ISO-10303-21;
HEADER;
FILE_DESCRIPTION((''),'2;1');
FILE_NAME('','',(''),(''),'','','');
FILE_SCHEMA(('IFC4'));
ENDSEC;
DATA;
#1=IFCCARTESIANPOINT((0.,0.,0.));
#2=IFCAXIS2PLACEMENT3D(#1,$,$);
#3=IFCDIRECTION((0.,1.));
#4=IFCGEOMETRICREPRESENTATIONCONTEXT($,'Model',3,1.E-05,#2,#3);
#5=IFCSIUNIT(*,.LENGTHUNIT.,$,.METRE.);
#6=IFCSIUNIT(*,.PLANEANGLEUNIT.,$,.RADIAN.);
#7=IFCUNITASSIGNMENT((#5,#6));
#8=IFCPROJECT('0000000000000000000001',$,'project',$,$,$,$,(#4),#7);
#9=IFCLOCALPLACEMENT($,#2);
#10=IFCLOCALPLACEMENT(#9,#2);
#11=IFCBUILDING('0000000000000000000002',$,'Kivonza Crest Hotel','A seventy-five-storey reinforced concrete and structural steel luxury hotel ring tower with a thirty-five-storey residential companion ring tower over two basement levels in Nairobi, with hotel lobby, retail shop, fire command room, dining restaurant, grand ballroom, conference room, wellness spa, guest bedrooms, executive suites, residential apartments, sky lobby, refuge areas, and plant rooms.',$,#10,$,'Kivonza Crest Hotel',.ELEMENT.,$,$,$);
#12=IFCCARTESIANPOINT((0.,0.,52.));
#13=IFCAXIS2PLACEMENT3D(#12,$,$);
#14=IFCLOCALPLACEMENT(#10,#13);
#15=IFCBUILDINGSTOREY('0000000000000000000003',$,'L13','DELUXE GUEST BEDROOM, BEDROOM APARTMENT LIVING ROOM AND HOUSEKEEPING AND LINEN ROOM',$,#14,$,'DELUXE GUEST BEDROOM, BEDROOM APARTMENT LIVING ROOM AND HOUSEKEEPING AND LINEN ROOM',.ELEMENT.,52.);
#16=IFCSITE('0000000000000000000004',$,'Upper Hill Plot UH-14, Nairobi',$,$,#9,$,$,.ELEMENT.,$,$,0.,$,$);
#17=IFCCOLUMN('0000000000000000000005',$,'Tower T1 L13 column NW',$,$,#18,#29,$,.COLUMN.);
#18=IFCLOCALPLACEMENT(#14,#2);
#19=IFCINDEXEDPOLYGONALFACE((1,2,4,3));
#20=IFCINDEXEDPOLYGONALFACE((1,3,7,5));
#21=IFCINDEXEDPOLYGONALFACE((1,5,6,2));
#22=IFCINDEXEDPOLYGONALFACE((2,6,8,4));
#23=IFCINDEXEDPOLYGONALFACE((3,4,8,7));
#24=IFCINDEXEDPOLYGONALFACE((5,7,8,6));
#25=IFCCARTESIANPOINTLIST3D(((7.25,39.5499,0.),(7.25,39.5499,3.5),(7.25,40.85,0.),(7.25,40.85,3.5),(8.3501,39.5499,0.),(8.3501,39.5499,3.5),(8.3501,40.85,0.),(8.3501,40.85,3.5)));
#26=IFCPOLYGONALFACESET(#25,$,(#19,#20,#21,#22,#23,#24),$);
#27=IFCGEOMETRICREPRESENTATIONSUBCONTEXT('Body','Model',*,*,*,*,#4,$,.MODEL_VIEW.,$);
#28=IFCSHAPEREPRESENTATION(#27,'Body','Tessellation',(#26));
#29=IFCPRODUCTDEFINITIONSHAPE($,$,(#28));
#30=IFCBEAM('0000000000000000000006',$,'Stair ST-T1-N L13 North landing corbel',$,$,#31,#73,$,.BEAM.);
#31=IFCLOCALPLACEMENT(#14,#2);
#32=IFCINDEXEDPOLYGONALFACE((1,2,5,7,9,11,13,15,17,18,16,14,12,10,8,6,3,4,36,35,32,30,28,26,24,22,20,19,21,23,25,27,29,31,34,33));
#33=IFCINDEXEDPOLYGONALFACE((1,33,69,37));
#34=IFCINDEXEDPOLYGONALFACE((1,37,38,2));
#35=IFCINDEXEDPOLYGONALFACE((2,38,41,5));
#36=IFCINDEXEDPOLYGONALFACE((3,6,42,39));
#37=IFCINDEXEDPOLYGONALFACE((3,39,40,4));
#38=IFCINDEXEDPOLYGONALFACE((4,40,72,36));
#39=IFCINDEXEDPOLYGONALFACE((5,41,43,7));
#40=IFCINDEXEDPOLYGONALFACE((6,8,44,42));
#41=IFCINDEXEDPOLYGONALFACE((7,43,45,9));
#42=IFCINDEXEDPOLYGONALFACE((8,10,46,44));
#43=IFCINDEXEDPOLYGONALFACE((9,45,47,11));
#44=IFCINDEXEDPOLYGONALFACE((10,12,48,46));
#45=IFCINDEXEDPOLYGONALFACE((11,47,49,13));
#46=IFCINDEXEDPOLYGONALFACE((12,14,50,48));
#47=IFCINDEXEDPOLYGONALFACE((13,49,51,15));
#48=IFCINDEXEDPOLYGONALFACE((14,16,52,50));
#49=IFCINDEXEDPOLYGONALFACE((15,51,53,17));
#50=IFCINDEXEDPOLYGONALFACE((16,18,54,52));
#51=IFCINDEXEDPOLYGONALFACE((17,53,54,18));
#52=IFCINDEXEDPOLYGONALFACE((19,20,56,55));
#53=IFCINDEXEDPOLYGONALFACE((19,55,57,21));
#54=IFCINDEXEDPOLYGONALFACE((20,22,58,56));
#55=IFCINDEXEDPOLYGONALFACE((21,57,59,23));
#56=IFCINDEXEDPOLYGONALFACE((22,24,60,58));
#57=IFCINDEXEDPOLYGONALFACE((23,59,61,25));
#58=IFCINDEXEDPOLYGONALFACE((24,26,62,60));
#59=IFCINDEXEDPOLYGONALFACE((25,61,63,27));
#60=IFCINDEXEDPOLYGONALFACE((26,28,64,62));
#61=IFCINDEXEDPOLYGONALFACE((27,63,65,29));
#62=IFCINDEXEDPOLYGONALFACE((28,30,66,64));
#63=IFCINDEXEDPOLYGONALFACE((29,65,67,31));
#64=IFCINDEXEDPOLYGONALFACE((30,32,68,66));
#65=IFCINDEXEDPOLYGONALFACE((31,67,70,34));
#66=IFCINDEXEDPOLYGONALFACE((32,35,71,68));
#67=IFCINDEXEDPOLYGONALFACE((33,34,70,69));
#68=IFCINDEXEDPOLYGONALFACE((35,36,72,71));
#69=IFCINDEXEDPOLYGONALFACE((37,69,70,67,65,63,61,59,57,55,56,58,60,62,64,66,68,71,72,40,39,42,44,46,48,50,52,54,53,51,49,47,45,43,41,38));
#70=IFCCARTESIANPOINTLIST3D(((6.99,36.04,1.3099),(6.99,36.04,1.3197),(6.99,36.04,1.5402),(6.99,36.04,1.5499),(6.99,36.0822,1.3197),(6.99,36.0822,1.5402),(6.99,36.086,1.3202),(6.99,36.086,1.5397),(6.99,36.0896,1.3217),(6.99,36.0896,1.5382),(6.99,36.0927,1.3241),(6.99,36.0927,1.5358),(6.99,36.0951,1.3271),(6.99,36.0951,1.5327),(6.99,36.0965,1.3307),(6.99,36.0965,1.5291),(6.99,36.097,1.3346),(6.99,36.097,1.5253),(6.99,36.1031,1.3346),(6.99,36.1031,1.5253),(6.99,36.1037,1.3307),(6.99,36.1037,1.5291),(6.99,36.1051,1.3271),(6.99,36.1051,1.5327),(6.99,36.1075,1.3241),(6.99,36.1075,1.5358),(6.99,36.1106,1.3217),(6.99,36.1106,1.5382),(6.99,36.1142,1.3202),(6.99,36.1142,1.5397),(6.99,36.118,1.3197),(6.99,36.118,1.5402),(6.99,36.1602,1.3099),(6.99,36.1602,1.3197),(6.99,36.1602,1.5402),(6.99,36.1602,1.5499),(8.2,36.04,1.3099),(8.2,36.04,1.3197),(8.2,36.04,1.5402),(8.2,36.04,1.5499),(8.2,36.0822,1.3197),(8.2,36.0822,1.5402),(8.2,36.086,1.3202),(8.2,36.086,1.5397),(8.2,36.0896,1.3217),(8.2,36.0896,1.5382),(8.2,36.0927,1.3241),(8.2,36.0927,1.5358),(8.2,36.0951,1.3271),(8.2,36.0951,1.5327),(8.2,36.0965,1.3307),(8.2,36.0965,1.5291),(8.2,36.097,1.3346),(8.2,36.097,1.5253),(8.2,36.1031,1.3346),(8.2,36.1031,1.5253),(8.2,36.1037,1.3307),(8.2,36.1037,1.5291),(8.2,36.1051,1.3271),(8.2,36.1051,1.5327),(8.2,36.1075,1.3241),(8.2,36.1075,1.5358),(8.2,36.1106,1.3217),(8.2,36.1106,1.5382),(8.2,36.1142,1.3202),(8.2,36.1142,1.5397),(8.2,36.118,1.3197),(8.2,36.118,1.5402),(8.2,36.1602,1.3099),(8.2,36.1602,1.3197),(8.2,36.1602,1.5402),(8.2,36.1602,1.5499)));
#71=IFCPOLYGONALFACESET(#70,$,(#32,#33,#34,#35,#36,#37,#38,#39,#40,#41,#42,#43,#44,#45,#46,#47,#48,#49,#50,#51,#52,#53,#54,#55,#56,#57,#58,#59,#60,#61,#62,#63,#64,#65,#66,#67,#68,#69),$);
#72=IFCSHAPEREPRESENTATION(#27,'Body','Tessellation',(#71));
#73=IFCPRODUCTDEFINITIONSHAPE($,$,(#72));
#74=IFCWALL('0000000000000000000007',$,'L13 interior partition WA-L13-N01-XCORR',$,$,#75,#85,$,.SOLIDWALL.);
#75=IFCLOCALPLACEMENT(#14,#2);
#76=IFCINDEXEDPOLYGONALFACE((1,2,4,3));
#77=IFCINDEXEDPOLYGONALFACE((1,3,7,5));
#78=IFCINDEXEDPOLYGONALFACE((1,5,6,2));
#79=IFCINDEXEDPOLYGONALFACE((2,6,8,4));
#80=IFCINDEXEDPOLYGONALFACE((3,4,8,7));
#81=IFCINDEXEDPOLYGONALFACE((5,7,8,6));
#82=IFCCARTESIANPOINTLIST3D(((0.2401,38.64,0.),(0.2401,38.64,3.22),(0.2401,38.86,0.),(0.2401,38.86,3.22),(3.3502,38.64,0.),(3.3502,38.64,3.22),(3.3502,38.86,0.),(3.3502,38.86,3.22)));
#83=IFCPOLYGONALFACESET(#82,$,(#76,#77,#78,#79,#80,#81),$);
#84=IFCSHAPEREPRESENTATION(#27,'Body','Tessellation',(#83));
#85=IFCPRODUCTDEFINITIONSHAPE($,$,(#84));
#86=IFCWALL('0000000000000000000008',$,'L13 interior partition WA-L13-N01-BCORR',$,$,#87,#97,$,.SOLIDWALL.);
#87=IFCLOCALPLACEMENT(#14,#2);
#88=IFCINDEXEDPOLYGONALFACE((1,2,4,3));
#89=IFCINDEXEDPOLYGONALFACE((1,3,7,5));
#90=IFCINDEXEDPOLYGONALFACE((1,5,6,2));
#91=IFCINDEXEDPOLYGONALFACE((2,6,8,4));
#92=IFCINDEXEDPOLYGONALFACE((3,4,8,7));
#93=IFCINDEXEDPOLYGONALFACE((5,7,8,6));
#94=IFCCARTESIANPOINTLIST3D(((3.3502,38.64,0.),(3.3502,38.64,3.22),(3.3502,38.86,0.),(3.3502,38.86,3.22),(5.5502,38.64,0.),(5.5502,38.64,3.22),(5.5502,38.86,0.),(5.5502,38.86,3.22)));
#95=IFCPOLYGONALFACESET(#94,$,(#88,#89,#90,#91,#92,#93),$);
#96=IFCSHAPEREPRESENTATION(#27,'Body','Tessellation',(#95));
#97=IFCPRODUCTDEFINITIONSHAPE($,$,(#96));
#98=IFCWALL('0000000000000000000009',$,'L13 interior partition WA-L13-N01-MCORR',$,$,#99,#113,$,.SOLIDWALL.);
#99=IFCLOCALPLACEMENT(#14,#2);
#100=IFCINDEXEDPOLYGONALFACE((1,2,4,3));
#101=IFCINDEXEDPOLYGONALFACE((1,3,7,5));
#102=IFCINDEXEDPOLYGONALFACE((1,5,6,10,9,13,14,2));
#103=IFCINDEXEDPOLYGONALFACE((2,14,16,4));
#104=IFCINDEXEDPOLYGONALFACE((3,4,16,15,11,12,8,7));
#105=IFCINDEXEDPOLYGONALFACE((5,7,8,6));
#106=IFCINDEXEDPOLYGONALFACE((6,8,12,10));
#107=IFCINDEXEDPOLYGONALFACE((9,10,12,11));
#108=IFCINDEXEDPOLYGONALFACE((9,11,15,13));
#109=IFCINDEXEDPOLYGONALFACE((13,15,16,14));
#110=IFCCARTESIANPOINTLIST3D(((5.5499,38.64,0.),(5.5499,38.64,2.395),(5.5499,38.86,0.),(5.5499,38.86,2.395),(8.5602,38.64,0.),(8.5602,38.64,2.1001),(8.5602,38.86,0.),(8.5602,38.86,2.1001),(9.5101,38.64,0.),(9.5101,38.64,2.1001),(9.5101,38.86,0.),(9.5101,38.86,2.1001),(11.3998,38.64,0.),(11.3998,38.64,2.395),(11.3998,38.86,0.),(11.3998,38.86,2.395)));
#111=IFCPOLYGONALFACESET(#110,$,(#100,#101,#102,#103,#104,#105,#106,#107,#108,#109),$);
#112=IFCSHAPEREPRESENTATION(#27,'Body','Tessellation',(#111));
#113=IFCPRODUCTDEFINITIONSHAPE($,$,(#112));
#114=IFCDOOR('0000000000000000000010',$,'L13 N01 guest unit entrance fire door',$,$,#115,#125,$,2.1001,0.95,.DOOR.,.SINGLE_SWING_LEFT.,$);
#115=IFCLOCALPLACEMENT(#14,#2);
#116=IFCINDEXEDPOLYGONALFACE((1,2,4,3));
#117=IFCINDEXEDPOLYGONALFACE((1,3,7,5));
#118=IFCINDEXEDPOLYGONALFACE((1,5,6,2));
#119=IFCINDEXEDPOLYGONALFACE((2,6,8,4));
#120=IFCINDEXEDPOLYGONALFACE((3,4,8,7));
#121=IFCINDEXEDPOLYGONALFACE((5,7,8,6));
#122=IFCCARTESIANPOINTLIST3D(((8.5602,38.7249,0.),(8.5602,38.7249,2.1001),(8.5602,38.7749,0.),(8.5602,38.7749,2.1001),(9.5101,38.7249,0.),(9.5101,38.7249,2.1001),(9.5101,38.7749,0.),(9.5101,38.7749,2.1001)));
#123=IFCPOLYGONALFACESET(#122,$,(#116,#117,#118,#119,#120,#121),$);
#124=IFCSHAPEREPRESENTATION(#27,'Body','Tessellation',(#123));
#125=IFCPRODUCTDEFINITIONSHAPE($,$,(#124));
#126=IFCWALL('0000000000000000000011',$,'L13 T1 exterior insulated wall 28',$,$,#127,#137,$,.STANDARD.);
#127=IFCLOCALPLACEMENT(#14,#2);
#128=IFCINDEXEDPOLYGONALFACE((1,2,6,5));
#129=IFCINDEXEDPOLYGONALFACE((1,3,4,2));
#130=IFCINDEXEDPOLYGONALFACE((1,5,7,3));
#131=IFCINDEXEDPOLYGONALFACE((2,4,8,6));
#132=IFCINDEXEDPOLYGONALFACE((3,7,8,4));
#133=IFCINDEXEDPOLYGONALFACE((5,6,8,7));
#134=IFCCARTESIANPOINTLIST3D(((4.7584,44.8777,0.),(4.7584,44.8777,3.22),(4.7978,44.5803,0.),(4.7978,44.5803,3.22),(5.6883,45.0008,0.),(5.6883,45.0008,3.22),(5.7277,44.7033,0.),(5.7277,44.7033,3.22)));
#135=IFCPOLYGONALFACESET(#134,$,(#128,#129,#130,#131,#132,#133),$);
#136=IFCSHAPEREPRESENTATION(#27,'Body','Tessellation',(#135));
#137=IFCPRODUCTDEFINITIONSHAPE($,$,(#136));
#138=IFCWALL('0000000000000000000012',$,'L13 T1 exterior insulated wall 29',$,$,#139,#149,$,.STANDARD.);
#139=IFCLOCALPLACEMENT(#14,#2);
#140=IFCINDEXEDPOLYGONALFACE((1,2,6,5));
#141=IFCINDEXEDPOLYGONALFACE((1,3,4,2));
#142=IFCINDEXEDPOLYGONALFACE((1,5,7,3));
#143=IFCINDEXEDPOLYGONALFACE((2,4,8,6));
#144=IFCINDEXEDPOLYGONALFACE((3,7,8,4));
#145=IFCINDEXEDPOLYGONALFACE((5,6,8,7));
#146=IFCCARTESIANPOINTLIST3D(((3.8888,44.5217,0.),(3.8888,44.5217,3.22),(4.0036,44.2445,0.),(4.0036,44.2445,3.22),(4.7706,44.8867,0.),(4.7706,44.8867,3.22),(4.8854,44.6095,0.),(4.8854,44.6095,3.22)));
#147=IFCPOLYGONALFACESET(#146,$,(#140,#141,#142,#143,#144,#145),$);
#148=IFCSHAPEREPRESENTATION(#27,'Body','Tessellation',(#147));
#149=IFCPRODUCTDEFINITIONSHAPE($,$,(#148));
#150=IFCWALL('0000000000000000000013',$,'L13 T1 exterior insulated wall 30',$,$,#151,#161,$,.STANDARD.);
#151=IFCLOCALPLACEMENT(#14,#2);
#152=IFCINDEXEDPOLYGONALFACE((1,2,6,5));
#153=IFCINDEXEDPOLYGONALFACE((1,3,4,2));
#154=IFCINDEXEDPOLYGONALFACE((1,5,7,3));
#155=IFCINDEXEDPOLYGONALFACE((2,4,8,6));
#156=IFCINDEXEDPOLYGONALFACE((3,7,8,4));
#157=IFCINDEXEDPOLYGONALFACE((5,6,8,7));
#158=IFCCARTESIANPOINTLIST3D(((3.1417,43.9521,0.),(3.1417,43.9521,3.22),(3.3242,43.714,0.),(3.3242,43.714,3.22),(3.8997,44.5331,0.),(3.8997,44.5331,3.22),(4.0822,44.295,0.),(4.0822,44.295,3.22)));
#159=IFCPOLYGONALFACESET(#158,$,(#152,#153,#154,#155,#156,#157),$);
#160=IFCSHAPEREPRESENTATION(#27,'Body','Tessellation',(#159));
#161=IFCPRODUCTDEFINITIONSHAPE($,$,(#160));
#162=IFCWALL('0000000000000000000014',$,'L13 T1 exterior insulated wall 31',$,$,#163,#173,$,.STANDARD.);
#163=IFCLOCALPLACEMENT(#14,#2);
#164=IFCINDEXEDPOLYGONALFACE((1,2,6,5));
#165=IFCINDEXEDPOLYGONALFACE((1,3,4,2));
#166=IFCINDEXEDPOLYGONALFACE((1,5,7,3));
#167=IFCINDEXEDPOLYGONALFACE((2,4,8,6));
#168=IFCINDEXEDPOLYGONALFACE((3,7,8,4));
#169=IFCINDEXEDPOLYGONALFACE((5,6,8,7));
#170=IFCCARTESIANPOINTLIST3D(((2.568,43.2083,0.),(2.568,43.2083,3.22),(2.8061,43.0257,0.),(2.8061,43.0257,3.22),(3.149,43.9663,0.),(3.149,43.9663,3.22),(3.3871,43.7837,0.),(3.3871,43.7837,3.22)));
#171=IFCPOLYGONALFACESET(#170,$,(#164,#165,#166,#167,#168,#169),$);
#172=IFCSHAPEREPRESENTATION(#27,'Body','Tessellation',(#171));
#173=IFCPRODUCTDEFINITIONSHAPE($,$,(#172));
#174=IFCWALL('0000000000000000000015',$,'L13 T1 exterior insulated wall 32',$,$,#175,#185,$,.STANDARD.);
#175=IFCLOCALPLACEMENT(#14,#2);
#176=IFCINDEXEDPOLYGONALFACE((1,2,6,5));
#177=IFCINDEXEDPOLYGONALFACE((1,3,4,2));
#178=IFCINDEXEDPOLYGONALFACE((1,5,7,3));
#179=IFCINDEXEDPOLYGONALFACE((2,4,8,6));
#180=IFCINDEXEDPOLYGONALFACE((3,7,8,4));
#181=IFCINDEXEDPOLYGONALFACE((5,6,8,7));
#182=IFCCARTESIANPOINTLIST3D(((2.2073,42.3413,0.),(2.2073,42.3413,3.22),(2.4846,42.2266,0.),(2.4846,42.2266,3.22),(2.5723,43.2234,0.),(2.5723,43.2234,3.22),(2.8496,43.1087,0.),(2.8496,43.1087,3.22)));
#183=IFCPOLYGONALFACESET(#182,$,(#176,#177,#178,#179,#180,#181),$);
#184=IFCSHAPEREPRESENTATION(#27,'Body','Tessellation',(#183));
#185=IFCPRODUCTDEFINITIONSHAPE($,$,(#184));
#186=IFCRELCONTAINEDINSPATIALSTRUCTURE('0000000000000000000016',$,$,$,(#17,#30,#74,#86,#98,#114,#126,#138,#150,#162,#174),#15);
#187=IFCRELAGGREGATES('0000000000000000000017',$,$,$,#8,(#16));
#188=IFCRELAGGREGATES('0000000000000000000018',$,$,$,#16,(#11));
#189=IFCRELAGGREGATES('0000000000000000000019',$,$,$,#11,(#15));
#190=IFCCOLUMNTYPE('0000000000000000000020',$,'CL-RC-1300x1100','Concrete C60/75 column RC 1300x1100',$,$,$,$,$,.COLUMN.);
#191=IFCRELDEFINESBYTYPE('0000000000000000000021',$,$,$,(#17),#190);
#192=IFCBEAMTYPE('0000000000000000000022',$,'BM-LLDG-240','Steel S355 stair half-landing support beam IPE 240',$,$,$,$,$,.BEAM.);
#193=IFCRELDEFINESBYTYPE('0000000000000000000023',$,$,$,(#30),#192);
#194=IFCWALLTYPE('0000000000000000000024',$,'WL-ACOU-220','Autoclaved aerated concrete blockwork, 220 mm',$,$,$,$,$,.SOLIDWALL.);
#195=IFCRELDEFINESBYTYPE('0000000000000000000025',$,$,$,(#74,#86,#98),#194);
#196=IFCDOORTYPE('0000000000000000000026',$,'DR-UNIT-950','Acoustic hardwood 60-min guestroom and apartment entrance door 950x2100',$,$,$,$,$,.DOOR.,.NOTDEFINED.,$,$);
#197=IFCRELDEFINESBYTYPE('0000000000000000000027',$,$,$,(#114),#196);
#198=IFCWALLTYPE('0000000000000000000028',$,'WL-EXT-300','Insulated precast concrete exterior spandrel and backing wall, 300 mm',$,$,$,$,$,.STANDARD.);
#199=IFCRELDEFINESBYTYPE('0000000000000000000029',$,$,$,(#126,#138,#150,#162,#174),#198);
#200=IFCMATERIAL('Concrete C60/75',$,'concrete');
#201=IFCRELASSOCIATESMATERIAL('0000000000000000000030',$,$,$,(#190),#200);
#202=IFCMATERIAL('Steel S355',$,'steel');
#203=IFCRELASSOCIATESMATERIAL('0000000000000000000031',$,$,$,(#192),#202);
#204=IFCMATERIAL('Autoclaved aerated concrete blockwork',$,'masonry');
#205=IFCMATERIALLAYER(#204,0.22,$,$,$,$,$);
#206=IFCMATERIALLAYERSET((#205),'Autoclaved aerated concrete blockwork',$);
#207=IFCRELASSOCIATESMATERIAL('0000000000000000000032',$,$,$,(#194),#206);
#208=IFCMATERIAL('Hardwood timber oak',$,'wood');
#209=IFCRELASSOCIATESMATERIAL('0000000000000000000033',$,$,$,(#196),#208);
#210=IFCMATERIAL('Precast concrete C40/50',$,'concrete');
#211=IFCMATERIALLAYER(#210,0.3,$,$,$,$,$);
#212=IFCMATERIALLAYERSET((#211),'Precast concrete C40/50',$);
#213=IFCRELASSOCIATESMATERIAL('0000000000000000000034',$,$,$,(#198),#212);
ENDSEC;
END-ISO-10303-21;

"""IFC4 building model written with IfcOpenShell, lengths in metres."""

from ifc_helpers import new_model, si_unit, direction, frame, frame_2d, origin, origin_2d, place, context, subcontext, project, spatial, rectangle, i_section, extrude, material, layer, layer_set, material_profile, profile_set, type_object, element, fill, save


model = new_model("IFC4")

# Units and contexts
model_context = context("Model", 3, precision=1e-05, world=origin(), true_north=direction((0.0, 1.0)))
body_context = subcontext(model_context, "Body", "Model", "MODEL_VIEW")
ifc_project = project(units=[si_unit("LENGTHUNIT", "METRE"), si_unit("PLANEANGLEUNIT", "RADIAN")], contexts=[model_context])

# Site, building, storey
site_placement = place(None, origin())
site = spatial("IfcSite", under=ifc_project, at=site_placement, Name="Upper Hill Plot UH-14, Nairobi", CompositionType="ELEMENT", RefElevation=0.0)
building_placement = place(site_placement, origin())
building = spatial("IfcBuilding", under=site, at=building_placement, Name="Kivonza Crest Hotel", Description="A seventy-five-storey reinforced concrete and structural steel luxury hotel ring tower with a thirty-five-storey residential companion ring tower over two basement levels in Nairobi, with hotel lobby, retail shop, fire command room, dining restaurant, grand ballroom, conference room, wellness spa, guest bedrooms, executive suites, residential apartments, sky lobby, refuge areas, and plant rooms.", LongName="Kivonza Crest Hotel", CompositionType="ELEMENT")
storey_placement = place(building_placement, frame((0.0, 0.0, 52.0)))
storey = spatial("IfcBuildingStorey", under=building, at=storey_placement, Name="L13", Description="DELUXE GUEST BEDROOM, BEDROOM APARTMENT LIVING ROOM AND HOUSEKEEPING AND LINEN ROOM", LongName="DELUXE GUEST BEDROOM, BEDROOM APARTMENT LIVING ROOM AND HOUSEKEEPING AND LINEN ROOM", CompositionType="ELEMENT", Elevation=52.0)

# Column
ifc_material_1 = material(Name="Concrete C60/75", Category="concrete")
ifc_material_profile_1 = material_profile(ifc_material_1, rectangle(XDim=1.1001, YDim=1.3, at=origin_2d()), Name="RC 1300x1100")
ifc_profile_set_1 = profile_set([ifc_material_profile_1], Name="Concrete C60/75")
column_type = type_object("IfcColumnType", Name="CL-RC-1300x1100", Description="Concrete C60/75 column RC 1300x1100", PredefinedType="COLUMN", material=ifc_profile_set_1)
column_placement = place(storey_placement, frame((7.8, 40.2, 0.0), z_axis=(0.0, 0.0, 1.0), x_axis=(1.0, 0.0, 0.0)))
element("IfcColumn", 1, at=column_placement, inside=storey, type_object=column_type, Name="Tower T1 L13 column NW", PredefinedType="COLUMN", context=body_context, shape_type="SweptSolid", body=[
    extrude(rectangle(XDim=1.1001, YDim=1.3, at=origin_2d()), origin(), (0.0, 0.0, 1.0), 3.5),
])

# Beam
ifc_material_2 = material(Name="Steel S355", Category="steel")
ifc_material_profile_2 = material_profile(ifc_material_2, i_section(OverallWidth=0.1201, OverallDepth=0.24, WebThickness=0.0061, FlangeThickness=0.0098, FilletRadius=0.0149, at=origin_2d()), Name="IPE 240")
ifc_profile_set_2 = profile_set([ifc_material_profile_2], Name="Steel S355")
beam_type = type_object("IfcBeamType", Name="BM-LLDG-240", Description="Steel S355 stair half-landing support beam IPE 240", PredefinedType="BEAM", material=ifc_profile_set_2)
beam_placement = place(storey_placement, frame((6.99, 36.1001, 1.4299), z_axis=(1.0, 0.0, 0.0), x_axis=(0.0, 1.0, 0.0)))
element("IfcBeam", 2, at=beam_placement, inside=storey, type_object=beam_type, Name="Stair ST-T1-N L13 North landing corbel", PredefinedType="BEAM", context=body_context, shape_type="SweptSolid", body=[
    extrude(i_section(OverallWidth=0.1201, OverallDepth=0.24, WebThickness=0.0061, FlangeThickness=0.0098, FilletRadius=0.0149, at=origin_2d()), origin(), (0.0, 0.0, 1.0), 1.21),
])

# Walls
ifc_material_3 = material(Name="Autoclaved aerated concrete blockwork", Category="masonry")
ifc_layer_1 = layer(ifc_material_3, 0.22)
ifc_layer_set_1 = layer_set([ifc_layer_1], Name="Autoclaved aerated concrete blockwork")
wall_type_1 = type_object("IfcWallType", Name="WL-ACOU-220", Description="Autoclaved aerated concrete blockwork, 220 mm", PredefinedType="SOLIDWALL", material=ifc_layer_set_1)
wall_1_placement = place(storey_placement, frame((0.24, 38.75, 0.0), z_axis=(0.0, 0.0, 1.0), x_axis=(1.0, 0.0, 0.0)))
element("IfcWall", 3, at=wall_1_placement, inside=storey, type_object=wall_type_1, Name="L13 interior partition WA-L13-N01-XCORR", PredefinedType="SOLIDWALL", context=body_context, shape_type="SweptSolid", body=[
    extrude(rectangle(XDim=3.1101, YDim=0.22, at=frame_2d((1.5552, 0.0))), origin(), (0.0, 0.0, 1.0), 3.22),
])
wall_2_placement = place(storey_placement, frame((3.3501, 38.75, 0.0), z_axis=(0.0, 0.0, 1.0), x_axis=(1.0, 0.0, 0.0)))
element("IfcWall", 4, at=wall_2_placement, inside=storey, type_object=wall_type_1, Name="L13 interior partition WA-L13-N01-BCORR", PredefinedType="SOLIDWALL", context=body_context, shape_type="SweptSolid", body=[
    extrude(rectangle(XDim=2.2, YDim=0.22, at=frame_2d((1.1001, 0.0))), origin(), (0.0, 0.0, 1.0), 3.22),
])

# Wall, opening, door
wall_3_placement = place(storey_placement, frame((5.55, 38.75, 0.0), z_axis=(0.0, 0.0, 1.0), x_axis=(1.0, 0.0, 0.0)))
wall_3 = element("IfcWall", 5, at=wall_3_placement, inside=storey, type_object=wall_type_1, Name="L13 interior partition WA-L13-N01-MCORR", PredefinedType="SOLIDWALL", context=body_context, shape_type="SweptSolid", body=[
    extrude(rectangle(XDim=5.8499, YDim=0.22, at=frame_2d((2.9248, 0.0))), origin(), (0.0, 0.0, 1.0), 2.395),
])
opening_1_placement = place(wall_3_placement, frame((3.01, 0.0, 0.0)))
opening_1 = element("IfcOpeningElement", 6, at=opening_1_placement, cuts=wall_3, PredefinedType="OPENING", context=body_context, shape_type="SweptSolid", body=[
    extrude(rectangle(XDim=0.95, YDim=2.1001, at=frame_2d((0.4751, 1.05))), frame((0.0, 0.1201, 0.0), z_axis=(0.0, -1.0, 0.0), x_axis=(1.0, 0.0, 0.0)), (0.0, 0.0, 1.0), 0.24),
])
ifc_material_4 = material(Name="Hardwood timber oak", Category="wood")
door_type_1 = type_object("IfcDoorType", Name="DR-UNIT-950", Description="Acoustic hardwood 60-min guestroom and apartment entrance door 950x2100", OperationType="NOTDEFINED", PredefinedType="DOOR", material=ifc_material_4)
door_1_placement = place(opening_1_placement, origin())
door_1 = element("IfcDoor", 7, at=door_1_placement, inside=storey, type_object=door_type_1, Name="L13 N01 guest unit entrance fire door", OperationType="SINGLE_SWING_LEFT", OverallHeight=2.1001, OverallWidth=0.95, PredefinedType="DOOR", context=body_context, shape_type="SweptSolid", body=[
    extrude(rectangle(XDim=0.95, YDim=2.1001, at=frame_2d((0.4751, 1.05))), frame((0.0, 0.0249, 0.0), z_axis=(0.0, -1.0, 0.0), x_axis=(1.0, 0.0, 0.0)), (0.0, 0.0, 1.0), 0.05),
])
fill(opening_1, door_1)

# Walls
ifc_material_5 = material(Name="Precast concrete C40/50", Category="concrete")
ifc_layer_2 = layer(ifc_material_5, 0.3)
ifc_layer_set_2 = layer_set([ifc_layer_2], Name="Precast concrete C40/50")
wall_type_2 = type_object("IfcWallType", Name="WL-EXT-300", Description="Insulated precast concrete exterior spandrel and backing wall, 300 mm", PredefinedType="STANDARD", material=ifc_layer_set_2)
wall_4_placement = place(storey_placement, frame((5.708, 44.8521, 0.0), z_axis=(0.0, 0.0, 1.0), x_axis=(-0.991359, -0.131175, 0.0)))
element("IfcWall", 8, at=wall_4_placement, inside=storey, type_object=wall_type_2, Name="L13 T1 exterior insulated wall 28", PredefinedType="STANDARD", context=body_context, shape_type="SweptSolid", body=[
    extrude(rectangle(XDim=0.938, YDim=0.3, at=frame_2d((0.469, 0.0))), origin(), (0.0, 0.0, 1.0), 3.22),
])
wall_5_placement = place(storey_placement, frame((4.8279, 44.748, 0.0), z_axis=(0.0, 0.0, 1.0), x_axis=(-0.923983, -0.382435, 0.0)))
element("IfcWall", 9, at=wall_5_placement, inside=storey, type_object=wall_type_2, Name="L13 T1 exterior insulated wall 29", PredefinedType="STANDARD", context=body_context, shape_type="SweptSolid", body=[
    extrude(rectangle(XDim=0.9543, YDim=0.3, at=frame_2d((0.4771, 0.0))), origin(), (0.0, 0.0, 1.0), 3.22),
])
for number, where, z_axis, x_axis, name in (
    (10, (3.991, 44.4141, 0.0), (0.0, 0.0, 1.0), (-0.793668, -0.608351, 0.0), "L13 T1 exterior insulated wall 30"),
    (11, (3.2681, 43.875, 0.0), (0.0, 0.0, 1.0), (-0.608351, -0.793668, 0.0), "L13 T1 exterior insulated wall 31"),
):
    element("IfcWall", number, at=place(storey_placement, frame(where, z_axis=z_axis, x_axis=x_axis)), inside=storey, type_object=wall_type_2, Name=name, PredefinedType="STANDARD", context=body_context, shape_type="SweptSolid", body=[
        extrude(rectangle(XDim=0.9551, YDim=0.3, at=frame_2d((0.4775, 0.0))), origin(), (0.0, 0.0, 1.0), 3.22),
    ])
wall_6_placement = place(storey_placement, frame((2.7109, 43.166, 0.0), z_axis=(0.0, 0.0, 1.0), x_axis=(-0.382344, -0.92402, 0.0)))
element("IfcWall", 12, at=wall_6_placement, inside=storey, type_object=wall_type_2, Name="L13 T1 exterior insulated wall 32", PredefinedType="STANDARD", context=body_context, shape_type="SweptSolid", body=[
    extrude(rectangle(XDim=0.9546, YDim=0.3, at=frame_2d((0.4773, 0.0))), origin(), (0.0, 0.0, 1.0), 3.22),
])

save(model, "model.ifc")
